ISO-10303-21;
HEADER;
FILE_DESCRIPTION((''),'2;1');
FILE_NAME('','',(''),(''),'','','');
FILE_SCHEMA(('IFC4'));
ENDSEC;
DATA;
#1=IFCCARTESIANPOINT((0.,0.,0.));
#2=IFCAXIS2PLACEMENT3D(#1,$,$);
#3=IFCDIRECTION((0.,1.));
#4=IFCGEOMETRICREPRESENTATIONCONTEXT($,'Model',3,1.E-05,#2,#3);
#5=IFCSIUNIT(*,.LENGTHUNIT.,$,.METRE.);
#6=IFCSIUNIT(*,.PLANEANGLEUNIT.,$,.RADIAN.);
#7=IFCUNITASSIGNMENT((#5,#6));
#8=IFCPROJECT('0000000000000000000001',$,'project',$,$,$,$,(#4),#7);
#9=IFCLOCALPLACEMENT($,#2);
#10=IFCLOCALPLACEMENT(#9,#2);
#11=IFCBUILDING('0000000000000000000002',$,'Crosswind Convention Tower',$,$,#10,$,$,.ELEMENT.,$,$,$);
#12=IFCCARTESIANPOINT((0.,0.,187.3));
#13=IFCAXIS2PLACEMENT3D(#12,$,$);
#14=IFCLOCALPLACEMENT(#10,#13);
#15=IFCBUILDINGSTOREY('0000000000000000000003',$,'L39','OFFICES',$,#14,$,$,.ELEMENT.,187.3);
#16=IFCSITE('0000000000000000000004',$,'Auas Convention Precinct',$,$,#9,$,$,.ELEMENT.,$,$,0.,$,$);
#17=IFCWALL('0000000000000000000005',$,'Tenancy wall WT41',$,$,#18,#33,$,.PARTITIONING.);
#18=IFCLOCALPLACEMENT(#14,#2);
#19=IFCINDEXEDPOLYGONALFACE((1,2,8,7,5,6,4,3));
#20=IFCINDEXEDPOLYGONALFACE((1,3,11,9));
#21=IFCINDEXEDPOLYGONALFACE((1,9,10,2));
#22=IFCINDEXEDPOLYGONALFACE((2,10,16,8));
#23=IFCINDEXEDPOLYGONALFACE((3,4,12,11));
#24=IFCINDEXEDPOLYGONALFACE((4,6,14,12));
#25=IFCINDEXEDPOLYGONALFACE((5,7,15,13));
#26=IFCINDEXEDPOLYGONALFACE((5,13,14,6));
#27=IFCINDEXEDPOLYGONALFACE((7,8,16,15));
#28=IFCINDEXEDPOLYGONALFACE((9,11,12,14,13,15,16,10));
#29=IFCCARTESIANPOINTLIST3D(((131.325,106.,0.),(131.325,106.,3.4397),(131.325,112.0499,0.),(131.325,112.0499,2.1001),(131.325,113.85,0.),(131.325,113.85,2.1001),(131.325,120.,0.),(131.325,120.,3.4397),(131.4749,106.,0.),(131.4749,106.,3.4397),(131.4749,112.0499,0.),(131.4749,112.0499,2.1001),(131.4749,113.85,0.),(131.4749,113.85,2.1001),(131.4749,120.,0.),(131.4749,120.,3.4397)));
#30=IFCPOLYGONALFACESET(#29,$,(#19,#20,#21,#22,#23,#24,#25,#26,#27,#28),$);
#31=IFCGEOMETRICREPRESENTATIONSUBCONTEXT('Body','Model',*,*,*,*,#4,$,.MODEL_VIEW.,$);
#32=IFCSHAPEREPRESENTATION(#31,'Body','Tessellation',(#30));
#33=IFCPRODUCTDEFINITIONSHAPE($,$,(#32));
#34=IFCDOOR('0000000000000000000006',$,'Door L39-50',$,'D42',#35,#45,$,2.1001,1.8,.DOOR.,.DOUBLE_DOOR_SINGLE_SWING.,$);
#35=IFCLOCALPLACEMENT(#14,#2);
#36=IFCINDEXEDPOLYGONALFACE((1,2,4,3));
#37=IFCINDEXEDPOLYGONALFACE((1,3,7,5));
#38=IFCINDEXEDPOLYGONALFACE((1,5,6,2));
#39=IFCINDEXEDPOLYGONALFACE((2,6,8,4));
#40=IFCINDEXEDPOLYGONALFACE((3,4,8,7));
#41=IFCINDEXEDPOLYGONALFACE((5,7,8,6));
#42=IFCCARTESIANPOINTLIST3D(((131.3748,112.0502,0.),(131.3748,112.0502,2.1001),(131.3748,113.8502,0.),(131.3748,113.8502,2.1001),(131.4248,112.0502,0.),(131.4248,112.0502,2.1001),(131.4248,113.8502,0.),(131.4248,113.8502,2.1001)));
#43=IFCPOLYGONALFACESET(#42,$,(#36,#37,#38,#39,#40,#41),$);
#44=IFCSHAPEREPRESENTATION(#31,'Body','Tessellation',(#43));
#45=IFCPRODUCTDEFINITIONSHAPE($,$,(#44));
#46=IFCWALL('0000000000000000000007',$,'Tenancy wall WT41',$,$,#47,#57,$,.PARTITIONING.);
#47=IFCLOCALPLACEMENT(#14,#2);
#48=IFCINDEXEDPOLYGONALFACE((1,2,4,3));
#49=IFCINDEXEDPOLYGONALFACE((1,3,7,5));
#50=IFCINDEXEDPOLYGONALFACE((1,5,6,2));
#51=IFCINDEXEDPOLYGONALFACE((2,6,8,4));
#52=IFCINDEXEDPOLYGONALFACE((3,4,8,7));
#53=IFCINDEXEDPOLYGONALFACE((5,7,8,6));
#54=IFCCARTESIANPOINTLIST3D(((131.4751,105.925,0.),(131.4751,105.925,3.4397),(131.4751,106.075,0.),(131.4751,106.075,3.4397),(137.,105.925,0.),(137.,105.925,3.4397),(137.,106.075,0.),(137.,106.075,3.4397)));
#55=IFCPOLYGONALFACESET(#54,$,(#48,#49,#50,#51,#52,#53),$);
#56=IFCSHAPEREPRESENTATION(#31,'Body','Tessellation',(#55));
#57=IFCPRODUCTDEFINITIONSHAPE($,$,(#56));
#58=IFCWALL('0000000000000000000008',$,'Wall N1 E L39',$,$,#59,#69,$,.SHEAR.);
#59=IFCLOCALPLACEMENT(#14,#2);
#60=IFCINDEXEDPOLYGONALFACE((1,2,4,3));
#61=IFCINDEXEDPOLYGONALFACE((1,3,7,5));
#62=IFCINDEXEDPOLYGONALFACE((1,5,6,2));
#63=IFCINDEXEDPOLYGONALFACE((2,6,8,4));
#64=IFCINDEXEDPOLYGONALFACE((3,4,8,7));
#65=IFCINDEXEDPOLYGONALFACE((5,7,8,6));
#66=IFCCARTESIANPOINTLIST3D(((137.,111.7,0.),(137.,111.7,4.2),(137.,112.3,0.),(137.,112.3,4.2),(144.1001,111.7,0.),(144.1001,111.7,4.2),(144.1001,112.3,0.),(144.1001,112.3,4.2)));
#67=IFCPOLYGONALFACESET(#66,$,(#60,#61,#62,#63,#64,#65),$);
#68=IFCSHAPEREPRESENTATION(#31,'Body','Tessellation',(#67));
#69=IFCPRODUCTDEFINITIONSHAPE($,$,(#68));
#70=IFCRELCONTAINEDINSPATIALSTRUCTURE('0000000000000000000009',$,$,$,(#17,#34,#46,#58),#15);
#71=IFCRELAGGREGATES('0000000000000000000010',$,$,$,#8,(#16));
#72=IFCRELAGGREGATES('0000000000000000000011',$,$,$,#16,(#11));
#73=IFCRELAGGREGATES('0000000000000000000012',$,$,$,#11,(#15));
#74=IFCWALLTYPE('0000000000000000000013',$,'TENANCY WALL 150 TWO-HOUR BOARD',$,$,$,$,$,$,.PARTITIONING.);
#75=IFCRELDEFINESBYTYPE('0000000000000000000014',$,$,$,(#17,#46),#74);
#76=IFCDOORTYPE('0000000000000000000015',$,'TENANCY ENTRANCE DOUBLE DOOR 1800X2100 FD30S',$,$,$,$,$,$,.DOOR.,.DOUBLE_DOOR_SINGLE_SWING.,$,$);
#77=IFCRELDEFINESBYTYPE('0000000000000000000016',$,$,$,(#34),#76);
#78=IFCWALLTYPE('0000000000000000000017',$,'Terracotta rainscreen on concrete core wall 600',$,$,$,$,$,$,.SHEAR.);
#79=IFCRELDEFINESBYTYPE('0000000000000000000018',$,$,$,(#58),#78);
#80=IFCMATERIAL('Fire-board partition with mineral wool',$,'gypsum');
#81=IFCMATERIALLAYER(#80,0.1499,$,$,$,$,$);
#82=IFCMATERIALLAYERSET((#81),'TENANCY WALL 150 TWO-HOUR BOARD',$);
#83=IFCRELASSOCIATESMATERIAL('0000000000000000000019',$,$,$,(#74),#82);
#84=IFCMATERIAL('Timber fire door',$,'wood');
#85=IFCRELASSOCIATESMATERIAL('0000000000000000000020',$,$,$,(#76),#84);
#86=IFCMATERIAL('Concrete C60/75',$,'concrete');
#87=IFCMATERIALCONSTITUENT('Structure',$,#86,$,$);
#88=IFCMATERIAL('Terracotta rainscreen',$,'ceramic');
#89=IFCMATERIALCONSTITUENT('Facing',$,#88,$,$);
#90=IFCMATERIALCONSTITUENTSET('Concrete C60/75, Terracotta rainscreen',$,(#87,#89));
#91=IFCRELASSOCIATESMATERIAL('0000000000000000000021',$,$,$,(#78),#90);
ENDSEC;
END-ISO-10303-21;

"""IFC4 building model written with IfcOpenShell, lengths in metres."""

from ifc_helpers import new_model, si_unit, direction, frame, frame_2d, origin, place, context, subcontext, project, spatial, rectangle, extrude, material, layer, layer_set, constituent, constituent_set, type_object, element, fill, save


model = new_model("IFC4")

# Units and contexts
model_context = context("Model", 3, precision=1e-05, world=origin(), true_north=direction((0.0, 1.0)))
body_context = subcontext(model_context, "Body", "Model", "MODEL_VIEW")
ifc_project = project(units=[si_unit("LENGTHUNIT", "METRE"), si_unit("PLANEANGLEUNIT", "RADIAN")], contexts=[model_context])

# Site, building, storey
site_placement = place(None, origin())
site = spatial("IfcSite", under=ifc_project, at=site_placement, Name="Auas Convention Precinct", CompositionType="ELEMENT", RefElevation=0.0)
building_placement = place(site_placement, origin())
building = spatial("IfcBuilding", under=site, at=building_placement, Name="Crosswind Convention Tower", CompositionType="ELEMENT")
storey_placement = place(building_placement, frame((0.0, 0.0, 187.3)))
storey = spatial("IfcBuildingStorey", under=building, at=storey_placement, Name="L39", Description="OFFICES", CompositionType="ELEMENT", Elevation=187.3)

# Shared definitions
ifc_material_1 = material(Name="Concrete C60/75", Category="concrete")

# Wall, opening, door
ifc_material_2 = material(Name="Fire-board partition with mineral wool", Category="gypsum")
ifc_layer = layer(ifc_material_2, 0.1499)
ifc_layer_set = layer_set([ifc_layer], Name="TENANCY WALL 150 TWO-HOUR BOARD")
wall_type_1 = type_object("IfcWallType", Name="TENANCY WALL 150 TWO-HOUR BOARD", PredefinedType="PARTITIONING", material=ifc_layer_set)
wall_1_placement = place(storey_placement, frame((131.3999, 106.0, 0.0), z_axis=(0.0, 0.0, 1.0), x_axis=(0.0, 1.0, 0.0)))
wall_1 = element("IfcWall", 1, at=wall_1_placement, inside=storey, type_object=wall_type_1, Name="Tenancy wall WT41", PredefinedType="PARTITIONING", context=body_context, shape_type="SweptSolid", body=[
    extrude(rectangle(XDim=14.0, YDim=0.1499, at=frame_2d((7.0, 0.0))), origin(), (0.0, 0.0, 1.0), 3.4397),
])
opening_placement = place(wall_1_placement, frame((6.05, 0.0, 0.0)))
opening = element("IfcOpeningElement", 2, at=opening_placement, cuts=wall_1, PredefinedType="OPENING", context=body_context, shape_type="SweptSolid", body=[
    extrude(rectangle(XDim=1.8, YDim=2.1001, at=frame_2d((0.8999, 1.05))), frame((0.0, 0.085, 0.0), z_axis=(0.0, -1.0, 0.0), x_axis=(1.0, 0.0, 0.0)), (0.0, 0.0, 1.0), 0.1699),
])
ifc_material_3 = material(Name="Timber fire door", Category="wood")
door_type = type_object("IfcDoorType", Name="TENANCY ENTRANCE DOUBLE DOOR 1800X2100 FD30S", OperationType="DOUBLE_DOOR_SINGLE_SWING", PredefinedType="DOOR", material=ifc_material_3)
door_placement = place(opening_placement, frame((1.8, 0.0, 0.0), z_axis=(0.0, 0.0, 1.0), x_axis=(-1.0, 0.0, 0.0)))
door = element("IfcDoor", 3, at=door_placement, inside=storey, type_object=door_type, Name="Door L39-50", ObjectType="D42", OperationType="DOUBLE_DOOR_SINGLE_SWING", OverallHeight=2.1001, OverallWidth=1.8, PredefinedType="DOOR", context=body_context, shape_type="SweptSolid", body=[
    extrude(rectangle(XDim=1.8, YDim=2.1001, at=frame_2d((0.8999, 1.05))), frame((0.0, 0.0249, 0.0), z_axis=(0.0, -1.0, 0.0), x_axis=(1.0, 0.0, 0.0)), (0.0, 0.0, 1.0), 0.05),
])
fill(opening, door)

# Walls
wall_2_placement = place(storey_placement, frame((131.4751, 106.0, 0.0), z_axis=(0.0, 0.0, 1.0), x_axis=(1.0, 0.0, 0.0)))
element("IfcWall", 4, at=wall_2_placement, inside=storey, type_object=wall_type_1, Name="Tenancy wall WT41", PredefinedType="PARTITIONING", context=body_context, shape_type="SweptSolid", body=[
    extrude(rectangle(XDim=5.5249, YDim=0.1499, at=frame_2d((2.7625, 0.0))), origin(), (0.0, 0.0, 1.0), 3.4397),
])
ifc_constituent_1 = constituent(ifc_material_1, Name="Structure")
ifc_material_4 = material(Name="Terracotta rainscreen", Category="ceramic")
ifc_constituent_2 = constituent(ifc_material_4, Name="Facing")
ifc_constituent_set = constituent_set(constituents=[ifc_constituent_1, ifc_constituent_2], Name="Concrete C60/75, Terracotta rainscreen")
wall_type_2 = type_object("IfcWallType", Name="Terracotta rainscreen on concrete core wall 600", PredefinedType="SHEAR", material=ifc_constituent_set)
wall_3_placement = place(storey_placement, frame((137.0, 112.0, 0.0), z_axis=(0.0, 0.0, 1.0), x_axis=(1.0, 0.0, 0.0)))
element("IfcWall", 5, at=wall_3_placement, inside=storey, type_object=wall_type_2, Name="Wall N1 E L39", PredefinedType="SHEAR", context=body_context, shape_type="SweptSolid", body=[
    extrude(rectangle(XDim=7.1001, YDim=0.6001, at=frame_2d((3.55, 0.0))), origin(), (0.0, 0.0, 1.0), 4.2),
])

save(model, "model.ifc")
